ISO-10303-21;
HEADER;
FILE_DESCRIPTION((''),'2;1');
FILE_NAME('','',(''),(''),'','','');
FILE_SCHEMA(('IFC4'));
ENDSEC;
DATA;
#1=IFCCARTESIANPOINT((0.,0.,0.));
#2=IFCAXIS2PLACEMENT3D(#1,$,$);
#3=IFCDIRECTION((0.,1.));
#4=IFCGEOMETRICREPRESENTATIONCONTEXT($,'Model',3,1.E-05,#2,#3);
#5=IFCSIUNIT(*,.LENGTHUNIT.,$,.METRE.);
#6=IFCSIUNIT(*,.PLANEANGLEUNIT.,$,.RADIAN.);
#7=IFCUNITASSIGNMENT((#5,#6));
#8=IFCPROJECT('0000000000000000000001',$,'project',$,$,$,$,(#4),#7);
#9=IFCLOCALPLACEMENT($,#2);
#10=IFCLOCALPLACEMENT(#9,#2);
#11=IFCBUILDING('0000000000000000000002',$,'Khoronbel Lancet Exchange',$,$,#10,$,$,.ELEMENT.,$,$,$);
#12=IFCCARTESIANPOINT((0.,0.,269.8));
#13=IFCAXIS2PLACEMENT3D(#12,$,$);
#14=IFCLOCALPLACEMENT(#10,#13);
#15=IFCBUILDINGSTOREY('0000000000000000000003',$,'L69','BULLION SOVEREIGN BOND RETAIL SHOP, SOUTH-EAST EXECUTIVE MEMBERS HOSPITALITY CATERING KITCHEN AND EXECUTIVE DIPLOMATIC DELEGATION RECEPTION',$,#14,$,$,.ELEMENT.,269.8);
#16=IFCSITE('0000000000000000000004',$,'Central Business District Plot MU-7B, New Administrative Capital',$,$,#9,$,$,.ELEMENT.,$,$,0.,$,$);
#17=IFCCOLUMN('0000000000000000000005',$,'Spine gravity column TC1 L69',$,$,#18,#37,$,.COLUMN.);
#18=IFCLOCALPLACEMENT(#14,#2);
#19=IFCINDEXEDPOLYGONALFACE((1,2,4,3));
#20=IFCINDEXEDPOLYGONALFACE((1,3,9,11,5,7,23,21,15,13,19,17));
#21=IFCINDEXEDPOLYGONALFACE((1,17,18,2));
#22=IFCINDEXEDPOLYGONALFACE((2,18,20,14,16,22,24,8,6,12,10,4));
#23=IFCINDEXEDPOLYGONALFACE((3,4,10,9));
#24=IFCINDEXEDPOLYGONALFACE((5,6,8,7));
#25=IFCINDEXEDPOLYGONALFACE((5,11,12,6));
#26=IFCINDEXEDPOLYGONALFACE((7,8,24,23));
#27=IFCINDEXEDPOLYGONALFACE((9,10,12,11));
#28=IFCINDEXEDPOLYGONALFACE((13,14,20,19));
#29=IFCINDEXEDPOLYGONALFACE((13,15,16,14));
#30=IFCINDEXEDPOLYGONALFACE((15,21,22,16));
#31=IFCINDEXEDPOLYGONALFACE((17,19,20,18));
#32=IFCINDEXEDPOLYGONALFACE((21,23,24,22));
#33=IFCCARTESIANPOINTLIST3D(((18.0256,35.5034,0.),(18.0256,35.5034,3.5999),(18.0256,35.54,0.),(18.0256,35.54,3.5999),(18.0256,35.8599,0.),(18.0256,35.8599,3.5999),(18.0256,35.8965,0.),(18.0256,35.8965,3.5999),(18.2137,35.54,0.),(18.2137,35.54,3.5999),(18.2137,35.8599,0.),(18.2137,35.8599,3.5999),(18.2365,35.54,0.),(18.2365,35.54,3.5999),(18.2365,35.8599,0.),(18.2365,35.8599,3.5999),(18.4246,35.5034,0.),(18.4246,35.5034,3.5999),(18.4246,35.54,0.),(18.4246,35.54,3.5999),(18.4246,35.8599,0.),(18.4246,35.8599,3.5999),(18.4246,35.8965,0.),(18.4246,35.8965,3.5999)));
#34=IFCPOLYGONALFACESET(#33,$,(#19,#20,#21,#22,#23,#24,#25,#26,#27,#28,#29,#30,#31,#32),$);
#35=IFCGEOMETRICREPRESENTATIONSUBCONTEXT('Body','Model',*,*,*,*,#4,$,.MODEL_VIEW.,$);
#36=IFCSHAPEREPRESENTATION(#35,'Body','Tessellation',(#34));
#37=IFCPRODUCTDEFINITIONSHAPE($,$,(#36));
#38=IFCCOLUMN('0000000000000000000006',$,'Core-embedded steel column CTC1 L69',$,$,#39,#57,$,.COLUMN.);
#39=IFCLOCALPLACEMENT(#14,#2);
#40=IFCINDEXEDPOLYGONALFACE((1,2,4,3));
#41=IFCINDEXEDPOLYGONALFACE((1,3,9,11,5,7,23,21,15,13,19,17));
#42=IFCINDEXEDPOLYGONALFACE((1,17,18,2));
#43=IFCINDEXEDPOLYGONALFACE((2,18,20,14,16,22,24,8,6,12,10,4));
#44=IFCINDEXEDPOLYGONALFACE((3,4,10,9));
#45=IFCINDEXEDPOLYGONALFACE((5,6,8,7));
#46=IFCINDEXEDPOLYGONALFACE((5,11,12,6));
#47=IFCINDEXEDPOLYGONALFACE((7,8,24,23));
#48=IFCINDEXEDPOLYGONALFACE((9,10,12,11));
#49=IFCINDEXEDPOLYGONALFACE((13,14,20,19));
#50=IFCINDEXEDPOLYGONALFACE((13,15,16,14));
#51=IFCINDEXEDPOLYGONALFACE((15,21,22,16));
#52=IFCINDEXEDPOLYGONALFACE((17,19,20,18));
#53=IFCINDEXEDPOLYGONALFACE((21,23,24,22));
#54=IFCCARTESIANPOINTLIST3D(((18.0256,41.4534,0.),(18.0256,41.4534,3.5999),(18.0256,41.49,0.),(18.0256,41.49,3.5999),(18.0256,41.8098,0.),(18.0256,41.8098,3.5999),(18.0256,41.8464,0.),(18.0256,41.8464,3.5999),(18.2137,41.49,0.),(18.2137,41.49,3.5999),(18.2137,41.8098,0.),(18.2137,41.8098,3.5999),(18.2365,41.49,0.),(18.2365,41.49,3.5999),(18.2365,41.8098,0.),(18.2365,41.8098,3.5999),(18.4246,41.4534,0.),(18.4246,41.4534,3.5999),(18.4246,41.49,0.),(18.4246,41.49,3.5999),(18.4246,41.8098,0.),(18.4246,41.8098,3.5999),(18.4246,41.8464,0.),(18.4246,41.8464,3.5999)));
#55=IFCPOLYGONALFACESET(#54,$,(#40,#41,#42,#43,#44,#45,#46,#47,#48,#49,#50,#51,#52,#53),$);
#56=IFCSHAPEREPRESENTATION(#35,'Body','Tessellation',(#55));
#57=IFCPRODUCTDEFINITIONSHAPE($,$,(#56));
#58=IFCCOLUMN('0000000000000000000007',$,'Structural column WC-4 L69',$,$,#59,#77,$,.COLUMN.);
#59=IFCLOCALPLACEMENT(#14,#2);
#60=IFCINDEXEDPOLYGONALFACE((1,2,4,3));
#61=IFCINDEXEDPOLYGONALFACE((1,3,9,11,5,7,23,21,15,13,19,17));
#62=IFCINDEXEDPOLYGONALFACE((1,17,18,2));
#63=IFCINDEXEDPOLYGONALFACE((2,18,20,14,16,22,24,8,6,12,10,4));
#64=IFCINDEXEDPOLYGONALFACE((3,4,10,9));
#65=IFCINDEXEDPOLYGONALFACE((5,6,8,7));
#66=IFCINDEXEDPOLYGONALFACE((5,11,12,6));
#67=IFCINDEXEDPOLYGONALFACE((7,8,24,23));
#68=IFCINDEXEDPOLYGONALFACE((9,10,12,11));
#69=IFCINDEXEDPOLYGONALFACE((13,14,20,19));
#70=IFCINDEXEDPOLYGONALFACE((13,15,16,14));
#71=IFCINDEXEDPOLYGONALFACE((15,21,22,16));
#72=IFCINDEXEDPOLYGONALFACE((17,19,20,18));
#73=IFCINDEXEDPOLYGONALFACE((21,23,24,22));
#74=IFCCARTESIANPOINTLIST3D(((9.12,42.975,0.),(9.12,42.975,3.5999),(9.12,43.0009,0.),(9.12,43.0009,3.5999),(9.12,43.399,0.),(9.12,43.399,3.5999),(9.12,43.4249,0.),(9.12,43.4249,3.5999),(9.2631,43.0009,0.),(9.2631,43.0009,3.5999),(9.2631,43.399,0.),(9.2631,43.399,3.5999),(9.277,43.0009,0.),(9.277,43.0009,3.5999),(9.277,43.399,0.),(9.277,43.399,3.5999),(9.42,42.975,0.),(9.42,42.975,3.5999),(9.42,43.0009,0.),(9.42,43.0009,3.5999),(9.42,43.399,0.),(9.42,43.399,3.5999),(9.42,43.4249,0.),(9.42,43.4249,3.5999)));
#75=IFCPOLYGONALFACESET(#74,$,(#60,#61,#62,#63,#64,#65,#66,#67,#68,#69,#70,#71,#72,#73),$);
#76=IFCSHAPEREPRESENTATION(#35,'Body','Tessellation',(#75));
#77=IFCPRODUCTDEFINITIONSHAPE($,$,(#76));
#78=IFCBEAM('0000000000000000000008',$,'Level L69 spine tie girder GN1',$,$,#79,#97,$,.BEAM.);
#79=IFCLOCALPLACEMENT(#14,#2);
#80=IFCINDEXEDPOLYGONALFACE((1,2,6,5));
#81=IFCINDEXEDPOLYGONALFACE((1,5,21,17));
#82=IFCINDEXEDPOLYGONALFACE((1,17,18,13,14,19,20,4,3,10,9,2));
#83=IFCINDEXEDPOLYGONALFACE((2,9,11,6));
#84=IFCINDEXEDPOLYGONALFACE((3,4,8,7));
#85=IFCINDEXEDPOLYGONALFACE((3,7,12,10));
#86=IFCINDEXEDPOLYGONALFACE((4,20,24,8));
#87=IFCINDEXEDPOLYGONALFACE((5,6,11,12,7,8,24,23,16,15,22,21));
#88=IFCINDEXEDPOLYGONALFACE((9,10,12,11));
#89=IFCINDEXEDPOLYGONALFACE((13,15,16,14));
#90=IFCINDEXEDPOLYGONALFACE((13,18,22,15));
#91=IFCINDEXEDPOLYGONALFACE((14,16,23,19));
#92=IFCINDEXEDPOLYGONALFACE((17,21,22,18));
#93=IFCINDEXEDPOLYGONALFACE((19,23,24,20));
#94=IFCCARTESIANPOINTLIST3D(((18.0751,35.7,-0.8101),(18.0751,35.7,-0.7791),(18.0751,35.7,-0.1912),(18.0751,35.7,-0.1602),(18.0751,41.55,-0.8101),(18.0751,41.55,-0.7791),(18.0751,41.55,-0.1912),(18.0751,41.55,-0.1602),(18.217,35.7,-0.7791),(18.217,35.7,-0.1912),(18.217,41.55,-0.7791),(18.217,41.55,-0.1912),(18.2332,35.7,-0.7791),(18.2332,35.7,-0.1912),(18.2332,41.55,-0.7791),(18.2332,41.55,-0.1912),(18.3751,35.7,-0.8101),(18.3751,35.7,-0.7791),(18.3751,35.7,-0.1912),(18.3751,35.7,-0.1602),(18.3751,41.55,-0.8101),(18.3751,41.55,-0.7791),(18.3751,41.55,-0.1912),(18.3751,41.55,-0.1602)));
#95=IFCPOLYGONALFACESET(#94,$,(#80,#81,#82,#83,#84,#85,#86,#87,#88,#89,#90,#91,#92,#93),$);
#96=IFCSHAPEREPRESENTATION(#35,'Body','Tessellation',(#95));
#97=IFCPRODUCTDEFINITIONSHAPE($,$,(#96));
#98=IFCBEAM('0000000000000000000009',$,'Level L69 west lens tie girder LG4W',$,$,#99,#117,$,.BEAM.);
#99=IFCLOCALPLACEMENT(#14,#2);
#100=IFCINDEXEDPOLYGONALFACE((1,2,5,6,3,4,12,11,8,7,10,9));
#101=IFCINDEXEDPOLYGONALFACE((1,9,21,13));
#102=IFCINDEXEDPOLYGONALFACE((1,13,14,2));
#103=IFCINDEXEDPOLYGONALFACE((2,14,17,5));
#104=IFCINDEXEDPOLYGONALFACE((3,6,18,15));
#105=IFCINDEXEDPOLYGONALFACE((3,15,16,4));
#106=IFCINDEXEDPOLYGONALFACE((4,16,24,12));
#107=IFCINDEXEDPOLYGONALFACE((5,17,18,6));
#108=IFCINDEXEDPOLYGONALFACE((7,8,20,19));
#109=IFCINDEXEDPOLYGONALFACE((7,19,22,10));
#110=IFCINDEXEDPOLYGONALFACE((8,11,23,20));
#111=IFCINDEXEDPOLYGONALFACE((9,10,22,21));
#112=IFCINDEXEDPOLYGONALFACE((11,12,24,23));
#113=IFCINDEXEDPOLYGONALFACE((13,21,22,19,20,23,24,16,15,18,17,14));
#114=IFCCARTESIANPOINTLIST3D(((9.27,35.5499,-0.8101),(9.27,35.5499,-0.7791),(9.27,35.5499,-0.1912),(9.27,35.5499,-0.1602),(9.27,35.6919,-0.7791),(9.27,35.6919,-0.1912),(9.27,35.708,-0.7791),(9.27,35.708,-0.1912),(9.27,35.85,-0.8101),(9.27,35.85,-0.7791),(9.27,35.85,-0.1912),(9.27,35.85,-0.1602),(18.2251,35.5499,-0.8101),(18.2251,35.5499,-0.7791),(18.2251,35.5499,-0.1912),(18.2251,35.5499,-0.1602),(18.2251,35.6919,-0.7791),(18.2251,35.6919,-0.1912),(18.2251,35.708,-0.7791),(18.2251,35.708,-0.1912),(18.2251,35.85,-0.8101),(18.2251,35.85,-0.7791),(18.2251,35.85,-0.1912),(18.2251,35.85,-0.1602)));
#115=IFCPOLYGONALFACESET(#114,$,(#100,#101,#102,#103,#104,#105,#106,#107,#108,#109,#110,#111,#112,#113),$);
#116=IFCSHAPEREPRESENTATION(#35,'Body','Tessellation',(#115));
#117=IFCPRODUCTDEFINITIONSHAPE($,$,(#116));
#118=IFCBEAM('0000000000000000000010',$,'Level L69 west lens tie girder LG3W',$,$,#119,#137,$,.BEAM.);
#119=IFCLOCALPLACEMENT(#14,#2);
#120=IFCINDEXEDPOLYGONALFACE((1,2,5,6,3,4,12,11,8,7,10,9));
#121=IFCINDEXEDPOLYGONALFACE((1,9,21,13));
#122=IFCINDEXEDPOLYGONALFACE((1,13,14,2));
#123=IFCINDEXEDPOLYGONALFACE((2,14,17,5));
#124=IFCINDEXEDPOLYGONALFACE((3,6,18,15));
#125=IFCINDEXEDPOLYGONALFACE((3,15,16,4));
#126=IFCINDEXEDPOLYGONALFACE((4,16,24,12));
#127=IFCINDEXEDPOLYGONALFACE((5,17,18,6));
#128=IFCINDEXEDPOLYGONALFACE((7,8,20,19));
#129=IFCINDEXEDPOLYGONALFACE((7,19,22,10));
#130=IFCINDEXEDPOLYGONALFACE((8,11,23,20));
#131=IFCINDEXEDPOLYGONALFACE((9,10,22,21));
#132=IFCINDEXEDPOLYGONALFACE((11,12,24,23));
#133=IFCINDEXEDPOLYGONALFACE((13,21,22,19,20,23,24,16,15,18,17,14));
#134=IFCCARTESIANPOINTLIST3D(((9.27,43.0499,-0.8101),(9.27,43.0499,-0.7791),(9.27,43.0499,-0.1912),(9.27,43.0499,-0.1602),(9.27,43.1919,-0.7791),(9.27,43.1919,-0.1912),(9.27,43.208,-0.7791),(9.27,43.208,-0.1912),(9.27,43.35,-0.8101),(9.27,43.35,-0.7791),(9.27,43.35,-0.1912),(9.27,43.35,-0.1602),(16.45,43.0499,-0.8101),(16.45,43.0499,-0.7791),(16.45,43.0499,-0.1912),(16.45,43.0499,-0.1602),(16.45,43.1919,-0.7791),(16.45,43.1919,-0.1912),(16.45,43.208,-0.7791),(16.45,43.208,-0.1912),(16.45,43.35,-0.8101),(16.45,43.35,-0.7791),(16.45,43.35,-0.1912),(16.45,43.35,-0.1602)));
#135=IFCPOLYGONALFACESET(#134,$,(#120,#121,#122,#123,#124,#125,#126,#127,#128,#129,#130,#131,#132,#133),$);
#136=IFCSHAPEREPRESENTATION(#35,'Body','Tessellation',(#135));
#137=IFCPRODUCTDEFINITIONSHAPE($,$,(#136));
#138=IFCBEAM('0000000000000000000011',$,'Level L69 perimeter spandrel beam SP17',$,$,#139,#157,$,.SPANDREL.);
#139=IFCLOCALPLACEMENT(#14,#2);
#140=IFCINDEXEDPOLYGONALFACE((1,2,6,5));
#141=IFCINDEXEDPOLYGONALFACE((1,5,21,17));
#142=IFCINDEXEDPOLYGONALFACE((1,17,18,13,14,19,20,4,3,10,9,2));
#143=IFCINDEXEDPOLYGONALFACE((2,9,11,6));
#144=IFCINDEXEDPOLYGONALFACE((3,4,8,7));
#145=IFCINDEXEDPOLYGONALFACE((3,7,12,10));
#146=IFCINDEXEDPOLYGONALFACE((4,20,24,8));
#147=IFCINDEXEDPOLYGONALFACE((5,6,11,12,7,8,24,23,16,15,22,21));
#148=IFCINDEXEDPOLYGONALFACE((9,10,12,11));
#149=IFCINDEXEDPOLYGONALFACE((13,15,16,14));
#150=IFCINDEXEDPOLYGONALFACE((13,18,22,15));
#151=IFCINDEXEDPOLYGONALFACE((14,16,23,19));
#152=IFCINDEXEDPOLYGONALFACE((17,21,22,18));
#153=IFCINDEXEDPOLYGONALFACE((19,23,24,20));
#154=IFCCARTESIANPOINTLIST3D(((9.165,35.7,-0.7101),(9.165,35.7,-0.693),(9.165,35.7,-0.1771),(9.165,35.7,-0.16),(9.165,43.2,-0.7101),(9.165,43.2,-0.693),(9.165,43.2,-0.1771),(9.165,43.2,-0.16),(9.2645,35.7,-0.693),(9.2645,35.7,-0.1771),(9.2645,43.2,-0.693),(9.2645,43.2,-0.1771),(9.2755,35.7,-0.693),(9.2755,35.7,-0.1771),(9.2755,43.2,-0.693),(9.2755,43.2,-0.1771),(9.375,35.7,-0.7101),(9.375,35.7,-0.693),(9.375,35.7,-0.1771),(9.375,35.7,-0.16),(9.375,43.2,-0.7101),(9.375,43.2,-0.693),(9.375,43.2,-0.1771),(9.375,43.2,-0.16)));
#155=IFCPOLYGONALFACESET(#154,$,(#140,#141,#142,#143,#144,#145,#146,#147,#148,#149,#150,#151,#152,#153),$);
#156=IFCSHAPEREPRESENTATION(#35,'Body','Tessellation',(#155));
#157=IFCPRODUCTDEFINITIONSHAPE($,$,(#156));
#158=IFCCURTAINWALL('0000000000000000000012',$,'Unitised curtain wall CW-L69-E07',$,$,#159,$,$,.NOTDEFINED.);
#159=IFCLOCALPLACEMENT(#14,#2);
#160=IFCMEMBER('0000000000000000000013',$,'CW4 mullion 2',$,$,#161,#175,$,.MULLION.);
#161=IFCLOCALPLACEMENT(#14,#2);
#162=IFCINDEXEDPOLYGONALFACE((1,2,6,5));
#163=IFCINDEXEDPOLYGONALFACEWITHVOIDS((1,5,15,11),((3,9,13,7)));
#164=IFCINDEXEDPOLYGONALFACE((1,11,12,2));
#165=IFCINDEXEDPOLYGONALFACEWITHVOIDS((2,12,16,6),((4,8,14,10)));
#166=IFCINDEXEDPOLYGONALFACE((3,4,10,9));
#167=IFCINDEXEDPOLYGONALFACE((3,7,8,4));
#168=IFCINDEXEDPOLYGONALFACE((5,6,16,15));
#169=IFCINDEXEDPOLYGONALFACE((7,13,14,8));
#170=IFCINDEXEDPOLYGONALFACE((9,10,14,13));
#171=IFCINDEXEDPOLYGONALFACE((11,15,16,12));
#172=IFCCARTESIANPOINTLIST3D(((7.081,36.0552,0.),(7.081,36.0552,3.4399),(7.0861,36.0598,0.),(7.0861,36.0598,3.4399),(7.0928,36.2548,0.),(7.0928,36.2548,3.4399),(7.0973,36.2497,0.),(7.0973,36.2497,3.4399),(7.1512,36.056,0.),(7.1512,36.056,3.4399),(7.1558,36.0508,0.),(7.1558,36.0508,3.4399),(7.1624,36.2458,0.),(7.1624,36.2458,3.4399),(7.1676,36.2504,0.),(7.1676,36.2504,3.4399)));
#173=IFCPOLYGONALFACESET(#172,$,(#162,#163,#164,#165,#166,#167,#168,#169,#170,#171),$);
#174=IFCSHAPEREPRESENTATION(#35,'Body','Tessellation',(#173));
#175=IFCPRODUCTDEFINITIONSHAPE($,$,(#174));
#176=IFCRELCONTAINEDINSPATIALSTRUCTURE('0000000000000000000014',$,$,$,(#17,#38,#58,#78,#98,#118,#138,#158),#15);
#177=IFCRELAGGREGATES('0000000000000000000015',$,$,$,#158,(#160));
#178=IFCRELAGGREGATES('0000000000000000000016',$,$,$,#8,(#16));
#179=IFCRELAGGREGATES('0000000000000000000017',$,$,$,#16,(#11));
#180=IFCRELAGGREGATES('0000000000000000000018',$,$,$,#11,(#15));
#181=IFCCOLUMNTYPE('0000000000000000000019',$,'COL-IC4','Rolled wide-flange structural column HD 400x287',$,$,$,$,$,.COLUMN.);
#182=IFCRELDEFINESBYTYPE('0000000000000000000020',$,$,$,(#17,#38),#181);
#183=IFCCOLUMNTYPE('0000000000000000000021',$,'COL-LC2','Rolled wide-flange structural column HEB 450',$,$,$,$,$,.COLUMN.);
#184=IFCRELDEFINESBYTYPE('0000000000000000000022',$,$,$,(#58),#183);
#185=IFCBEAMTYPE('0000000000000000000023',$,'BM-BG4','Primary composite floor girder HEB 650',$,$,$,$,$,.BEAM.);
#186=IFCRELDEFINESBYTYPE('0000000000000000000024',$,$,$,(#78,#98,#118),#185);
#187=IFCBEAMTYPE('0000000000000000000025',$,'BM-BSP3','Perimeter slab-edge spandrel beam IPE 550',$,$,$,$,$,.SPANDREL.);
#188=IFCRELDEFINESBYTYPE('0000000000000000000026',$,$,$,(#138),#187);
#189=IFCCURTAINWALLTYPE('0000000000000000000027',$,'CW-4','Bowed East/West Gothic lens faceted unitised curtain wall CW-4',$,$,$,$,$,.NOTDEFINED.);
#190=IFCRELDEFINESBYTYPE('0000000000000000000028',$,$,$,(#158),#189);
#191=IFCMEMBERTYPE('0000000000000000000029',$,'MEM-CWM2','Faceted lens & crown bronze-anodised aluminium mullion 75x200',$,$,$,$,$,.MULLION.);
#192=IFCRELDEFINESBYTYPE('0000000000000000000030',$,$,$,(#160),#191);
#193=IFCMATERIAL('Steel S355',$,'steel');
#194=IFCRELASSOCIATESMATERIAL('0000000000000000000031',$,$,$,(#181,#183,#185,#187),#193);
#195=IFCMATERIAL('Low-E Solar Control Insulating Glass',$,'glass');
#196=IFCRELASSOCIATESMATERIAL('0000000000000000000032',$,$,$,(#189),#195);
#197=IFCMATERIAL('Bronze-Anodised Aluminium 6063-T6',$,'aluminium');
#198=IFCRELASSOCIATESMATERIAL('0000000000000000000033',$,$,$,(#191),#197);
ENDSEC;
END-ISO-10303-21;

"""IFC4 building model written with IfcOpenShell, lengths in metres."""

from ifc_helpers import new_model, si_unit, direction, frame, origin, origin_2d, place, context, subcontext, project, spatial, hollow_rectangle, i_section, extrude, material, material_profile, profile_set, type_object, element, aggregate, save


model = new_model("IFC4")

# Units and contexts
model_context = context("Model", 3, precision=1e-05, world=origin(), true_north=direction((0.0, 1.0)))
body_context = subcontext(model_context, "Body", "Model", "MODEL_VIEW")
ifc_project = project(units=[si_unit("LENGTHUNIT", "METRE"), si_unit("PLANEANGLEUNIT", "RADIAN")], contexts=[model_context])

# Site, building, storey
site_placement = place(None, origin())
site = spatial("IfcSite", under=ifc_project, at=site_placement, Name="Central Business District Plot MU-7B, New Administrative Capital", CompositionType="ELEMENT", RefElevation=0.0)
building_placement = place(site_placement, origin())
building = spatial("IfcBuilding", under=site, at=building_placement, Name="Khoronbel Lancet Exchange", CompositionType="ELEMENT")
storey_placement = place(building_placement, frame((0.0, 0.0, 269.8)))
storey = spatial("IfcBuildingStorey", under=building, at=storey_placement, Name="L69", Description="BULLION SOVEREIGN BOND RETAIL SHOP, SOUTH-EAST EXECUTIVE MEMBERS HOSPITALITY CATERING KITCHEN AND EXECUTIVE DIPLOMATIC DELEGATION RECEPTION", CompositionType="ELEMENT", Elevation=269.8)

# Columns
ifc_material_1 = material(Name="Steel S355", Category="steel")
ifc_material_profile_1 = material_profile(ifc_material_1, i_section(OverallWidth=0.3989, OverallDepth=0.3931, WebThickness=0.0227, FlangeThickness=0.0366, at=origin_2d()), Name="HD 400x287")
ifc_profile_set_1 = profile_set([ifc_material_profile_1], Name="Steel S355")
column_type_1 = type_object("IfcColumnType", Name="COL-IC4", Description="Rolled wide-flange structural column HD 400x287", PredefinedType="COLUMN", material=ifc_profile_set_1)
for number, where, z_axis, x_axis, name in (
    (1, (18.2251, 35.7, 0.0), (0.0, 0.0, 1.0), (1.0, 0.0, 0.0), "Spine gravity column TC1 L69"),
    (2, (18.2251, 41.6499, 0.0), (0.0, 0.0, 1.0), (1.0, 0.0, 0.0), "Core-embedded steel column CTC1 L69"),
):
    element("IfcColumn", number, at=place(storey_placement, frame(where, z_axis=z_axis, x_axis=x_axis)), inside=storey, type_object=column_type_1, Name=name, PredefinedType="COLUMN", context=body_context, shape_type="SweptSolid", body=[
        extrude(i_section(OverallWidth=0.3989, OverallDepth=0.3931, WebThickness=0.0227, FlangeThickness=0.0366, at=origin_2d()), origin(), (0.0, 0.0, 1.0), 3.5999),
    ])
ifc_material_profile_2 = material_profile(ifc_material_1, i_section(OverallWidth=0.3, OverallDepth=0.45, WebThickness=0.0139, FlangeThickness=0.0259, at=origin_2d()), Name="HEB 450")
ifc_profile_set_2 = profile_set([ifc_material_profile_2], Name="Steel S355")
column_type_2 = type_object("IfcColumnType", Name="COL-LC2", Description="Rolled wide-flange structural column HEB 450", PredefinedType="COLUMN", material=ifc_profile_set_2)
column_placement = place(storey_placement, frame((9.27, 43.2, 0.0), z_axis=(0.0, 0.0, 1.0), x_axis=(1.0, 0.0, 0.0)))
element("IfcColumn", 3, at=column_placement, inside=storey, type_object=column_type_2, Name="Structural column WC-4 L69", PredefinedType="COLUMN", context=body_context, shape_type="SweptSolid", body=[
    extrude(i_section(OverallWidth=0.3, OverallDepth=0.45, WebThickness=0.0139, FlangeThickness=0.0259, at=origin_2d()), origin(), (0.0, 0.0, 1.0), 3.5999),
])

# Beams
ifc_material_profile_3 = material_profile(ifc_material_1, i_section(OverallWidth=0.3, OverallDepth=0.6499, WebThickness=0.0161, FlangeThickness=0.031, at=origin_2d()), Name="HEB 650")
ifc_profile_set_3 = profile_set([ifc_material_profile_3], Name="Steel S355")
beam_type_1 = type_object("IfcBeamType", Name="BM-BG4", Description="Primary composite floor girder HEB 650", PredefinedType="BEAM", material=ifc_profile_set_3)
beam_1_placement = place(storey_placement, frame((18.2251, 35.7, -0.4851), z_axis=(0.0, 1.0, 0.0), x_axis=(-1.0, 0.0, 0.0)))
element("IfcBeam", 4, at=beam_1_placement, inside=storey, type_object=beam_type_1, Name="Level L69 spine tie girder GN1", PredefinedType="BEAM", context=body_context, shape_type="SweptSolid", body=[
    extrude(i_section(OverallWidth=0.3, OverallDepth=0.6499, WebThickness=0.0161, FlangeThickness=0.031, at=origin_2d()), origin(), (0.0, 0.0, 1.0), 5.8501),
])
beam_2_placement = place(storey_placement, frame((9.27, 35.7, -0.4851), z_axis=(1.0, 0.0, 0.0), x_axis=(0.0, 1.0, 0.0)))
element("IfcBeam", 5, at=beam_2_placement, inside=storey, type_object=beam_type_1, Name="Level L69 west lens tie girder LG4W", PredefinedType="BEAM", context=body_context, shape_type="SweptSolid", body=[
    extrude(i_section(OverallWidth=0.3, OverallDepth=0.6499, WebThickness=0.0161, FlangeThickness=0.031, at=origin_2d()), origin(), (0.0, 0.0, 1.0), 8.9551),
])
beam_3_placement = place(storey_placement, frame((9.27, 43.2, -0.4851), z_axis=(1.0, 0.0, 0.0), x_axis=(0.0, 1.0, 0.0)))
element("IfcBeam", 6, at=beam_3_placement, inside=storey, type_object=beam_type_1, Name="Level L69 west lens tie girder LG3W", PredefinedType="BEAM", context=body_context, shape_type="SweptSolid", body=[
    extrude(i_section(OverallWidth=0.3, OverallDepth=0.6499, WebThickness=0.0161, FlangeThickness=0.031, at=origin_2d()), origin(), (0.0, 0.0, 1.0), 7.1799),
])
ifc_material_profile_4 = material_profile(ifc_material_1, i_section(OverallWidth=0.21, OverallDepth=0.55, WebThickness=0.011, FlangeThickness=0.0171, at=origin_2d()), Name="IPE 550")
ifc_profile_set_4 = profile_set([ifc_material_profile_4], Name="Steel S355")
beam_type_2 = type_object("IfcBeamType", Name="BM-BSP3", Description="Perimeter slab-edge spandrel beam IPE 550", PredefinedType="SPANDREL", material=ifc_profile_set_4)
beam_4_placement = place(storey_placement, frame((9.27, 43.2, -0.4351), z_axis=(0.0, -1.0, 0.0), x_axis=(1.0, 0.0, 0.0)))
element("IfcBeam", 7, at=beam_4_placement, inside=storey, type_object=beam_type_2, Name="Level L69 perimeter spandrel beam SP17", PredefinedType="SPANDREL", context=body_context, shape_type="SweptSolid", body=[
    extrude(i_section(OverallWidth=0.21, OverallDepth=0.55, WebThickness=0.011, FlangeThickness=0.0171, at=origin_2d()), origin(), (0.0, 0.0, 1.0), 7.5),
])

# Curtain wall, member
ifc_material_2 = material(Name="Low-E Solar Control Insulating Glass", Category="glass")
curtain_wall_type = type_object("IfcCurtainWallType", Name="CW-4", Description="Bowed East/West Gothic lens faceted unitised curtain wall CW-4", PredefinedType="NOTDEFINED", material=ifc_material_2)
curtain_wall_1_placement = place(storey_placement, origin())
curtain_wall_1 = element("IfcCurtainWall", 8, at=curtain_wall_1_placement, inside=storey, type_object=curtain_wall_type, Name="Unitised curtain wall CW-L69-E07", PredefinedType="NOTDEFINED")
ifc_material_3 = material(Name="Bronze-Anodised Aluminium 6063-T6", Category="aluminium")
ifc_material_profile_5 = material_profile(ifc_material_3, hollow_rectangle(XDim=0.075, YDim=0.2, WallThickness=0.0049, at=origin_2d()), Name="ALU MULLION 75x200")
ifc_profile_set_5 = profile_set([ifc_material_profile_5], Name="Bronze-Anodised Aluminium 6063-T6")
member_type_1 = type_object("IfcMemberType", Name="MEM-CWM2", Description="Faceted lens & crown bronze-anodised aluminium mullion 75x200", PredefinedType="MULLION", material=ifc_profile_set_5)
member_1_placement = place(storey_placement, frame((7.1243, 36.1528, 0.0), z_axis=(0.0, 0.0, 1.0), x_axis=(-0.998261, 0.058945, 0.0)))
member_1 = element("IfcMember", 9, at=member_1_placement, type_object=member_type_1, Name="CW4 mullion 2", PredefinedType="MULLION", context=body_context, shape_type="SweptSolid", body=[
    extrude(hollow_rectangle(XDim=0.075, YDim=0.2, WallThickness=0.0049, at=origin_2d()), origin(), (0.0, 0.0, 1.0), 3.4399),
])
aggregate(curtain_wall_1, [member_1])

save(model, "model.ifc")
